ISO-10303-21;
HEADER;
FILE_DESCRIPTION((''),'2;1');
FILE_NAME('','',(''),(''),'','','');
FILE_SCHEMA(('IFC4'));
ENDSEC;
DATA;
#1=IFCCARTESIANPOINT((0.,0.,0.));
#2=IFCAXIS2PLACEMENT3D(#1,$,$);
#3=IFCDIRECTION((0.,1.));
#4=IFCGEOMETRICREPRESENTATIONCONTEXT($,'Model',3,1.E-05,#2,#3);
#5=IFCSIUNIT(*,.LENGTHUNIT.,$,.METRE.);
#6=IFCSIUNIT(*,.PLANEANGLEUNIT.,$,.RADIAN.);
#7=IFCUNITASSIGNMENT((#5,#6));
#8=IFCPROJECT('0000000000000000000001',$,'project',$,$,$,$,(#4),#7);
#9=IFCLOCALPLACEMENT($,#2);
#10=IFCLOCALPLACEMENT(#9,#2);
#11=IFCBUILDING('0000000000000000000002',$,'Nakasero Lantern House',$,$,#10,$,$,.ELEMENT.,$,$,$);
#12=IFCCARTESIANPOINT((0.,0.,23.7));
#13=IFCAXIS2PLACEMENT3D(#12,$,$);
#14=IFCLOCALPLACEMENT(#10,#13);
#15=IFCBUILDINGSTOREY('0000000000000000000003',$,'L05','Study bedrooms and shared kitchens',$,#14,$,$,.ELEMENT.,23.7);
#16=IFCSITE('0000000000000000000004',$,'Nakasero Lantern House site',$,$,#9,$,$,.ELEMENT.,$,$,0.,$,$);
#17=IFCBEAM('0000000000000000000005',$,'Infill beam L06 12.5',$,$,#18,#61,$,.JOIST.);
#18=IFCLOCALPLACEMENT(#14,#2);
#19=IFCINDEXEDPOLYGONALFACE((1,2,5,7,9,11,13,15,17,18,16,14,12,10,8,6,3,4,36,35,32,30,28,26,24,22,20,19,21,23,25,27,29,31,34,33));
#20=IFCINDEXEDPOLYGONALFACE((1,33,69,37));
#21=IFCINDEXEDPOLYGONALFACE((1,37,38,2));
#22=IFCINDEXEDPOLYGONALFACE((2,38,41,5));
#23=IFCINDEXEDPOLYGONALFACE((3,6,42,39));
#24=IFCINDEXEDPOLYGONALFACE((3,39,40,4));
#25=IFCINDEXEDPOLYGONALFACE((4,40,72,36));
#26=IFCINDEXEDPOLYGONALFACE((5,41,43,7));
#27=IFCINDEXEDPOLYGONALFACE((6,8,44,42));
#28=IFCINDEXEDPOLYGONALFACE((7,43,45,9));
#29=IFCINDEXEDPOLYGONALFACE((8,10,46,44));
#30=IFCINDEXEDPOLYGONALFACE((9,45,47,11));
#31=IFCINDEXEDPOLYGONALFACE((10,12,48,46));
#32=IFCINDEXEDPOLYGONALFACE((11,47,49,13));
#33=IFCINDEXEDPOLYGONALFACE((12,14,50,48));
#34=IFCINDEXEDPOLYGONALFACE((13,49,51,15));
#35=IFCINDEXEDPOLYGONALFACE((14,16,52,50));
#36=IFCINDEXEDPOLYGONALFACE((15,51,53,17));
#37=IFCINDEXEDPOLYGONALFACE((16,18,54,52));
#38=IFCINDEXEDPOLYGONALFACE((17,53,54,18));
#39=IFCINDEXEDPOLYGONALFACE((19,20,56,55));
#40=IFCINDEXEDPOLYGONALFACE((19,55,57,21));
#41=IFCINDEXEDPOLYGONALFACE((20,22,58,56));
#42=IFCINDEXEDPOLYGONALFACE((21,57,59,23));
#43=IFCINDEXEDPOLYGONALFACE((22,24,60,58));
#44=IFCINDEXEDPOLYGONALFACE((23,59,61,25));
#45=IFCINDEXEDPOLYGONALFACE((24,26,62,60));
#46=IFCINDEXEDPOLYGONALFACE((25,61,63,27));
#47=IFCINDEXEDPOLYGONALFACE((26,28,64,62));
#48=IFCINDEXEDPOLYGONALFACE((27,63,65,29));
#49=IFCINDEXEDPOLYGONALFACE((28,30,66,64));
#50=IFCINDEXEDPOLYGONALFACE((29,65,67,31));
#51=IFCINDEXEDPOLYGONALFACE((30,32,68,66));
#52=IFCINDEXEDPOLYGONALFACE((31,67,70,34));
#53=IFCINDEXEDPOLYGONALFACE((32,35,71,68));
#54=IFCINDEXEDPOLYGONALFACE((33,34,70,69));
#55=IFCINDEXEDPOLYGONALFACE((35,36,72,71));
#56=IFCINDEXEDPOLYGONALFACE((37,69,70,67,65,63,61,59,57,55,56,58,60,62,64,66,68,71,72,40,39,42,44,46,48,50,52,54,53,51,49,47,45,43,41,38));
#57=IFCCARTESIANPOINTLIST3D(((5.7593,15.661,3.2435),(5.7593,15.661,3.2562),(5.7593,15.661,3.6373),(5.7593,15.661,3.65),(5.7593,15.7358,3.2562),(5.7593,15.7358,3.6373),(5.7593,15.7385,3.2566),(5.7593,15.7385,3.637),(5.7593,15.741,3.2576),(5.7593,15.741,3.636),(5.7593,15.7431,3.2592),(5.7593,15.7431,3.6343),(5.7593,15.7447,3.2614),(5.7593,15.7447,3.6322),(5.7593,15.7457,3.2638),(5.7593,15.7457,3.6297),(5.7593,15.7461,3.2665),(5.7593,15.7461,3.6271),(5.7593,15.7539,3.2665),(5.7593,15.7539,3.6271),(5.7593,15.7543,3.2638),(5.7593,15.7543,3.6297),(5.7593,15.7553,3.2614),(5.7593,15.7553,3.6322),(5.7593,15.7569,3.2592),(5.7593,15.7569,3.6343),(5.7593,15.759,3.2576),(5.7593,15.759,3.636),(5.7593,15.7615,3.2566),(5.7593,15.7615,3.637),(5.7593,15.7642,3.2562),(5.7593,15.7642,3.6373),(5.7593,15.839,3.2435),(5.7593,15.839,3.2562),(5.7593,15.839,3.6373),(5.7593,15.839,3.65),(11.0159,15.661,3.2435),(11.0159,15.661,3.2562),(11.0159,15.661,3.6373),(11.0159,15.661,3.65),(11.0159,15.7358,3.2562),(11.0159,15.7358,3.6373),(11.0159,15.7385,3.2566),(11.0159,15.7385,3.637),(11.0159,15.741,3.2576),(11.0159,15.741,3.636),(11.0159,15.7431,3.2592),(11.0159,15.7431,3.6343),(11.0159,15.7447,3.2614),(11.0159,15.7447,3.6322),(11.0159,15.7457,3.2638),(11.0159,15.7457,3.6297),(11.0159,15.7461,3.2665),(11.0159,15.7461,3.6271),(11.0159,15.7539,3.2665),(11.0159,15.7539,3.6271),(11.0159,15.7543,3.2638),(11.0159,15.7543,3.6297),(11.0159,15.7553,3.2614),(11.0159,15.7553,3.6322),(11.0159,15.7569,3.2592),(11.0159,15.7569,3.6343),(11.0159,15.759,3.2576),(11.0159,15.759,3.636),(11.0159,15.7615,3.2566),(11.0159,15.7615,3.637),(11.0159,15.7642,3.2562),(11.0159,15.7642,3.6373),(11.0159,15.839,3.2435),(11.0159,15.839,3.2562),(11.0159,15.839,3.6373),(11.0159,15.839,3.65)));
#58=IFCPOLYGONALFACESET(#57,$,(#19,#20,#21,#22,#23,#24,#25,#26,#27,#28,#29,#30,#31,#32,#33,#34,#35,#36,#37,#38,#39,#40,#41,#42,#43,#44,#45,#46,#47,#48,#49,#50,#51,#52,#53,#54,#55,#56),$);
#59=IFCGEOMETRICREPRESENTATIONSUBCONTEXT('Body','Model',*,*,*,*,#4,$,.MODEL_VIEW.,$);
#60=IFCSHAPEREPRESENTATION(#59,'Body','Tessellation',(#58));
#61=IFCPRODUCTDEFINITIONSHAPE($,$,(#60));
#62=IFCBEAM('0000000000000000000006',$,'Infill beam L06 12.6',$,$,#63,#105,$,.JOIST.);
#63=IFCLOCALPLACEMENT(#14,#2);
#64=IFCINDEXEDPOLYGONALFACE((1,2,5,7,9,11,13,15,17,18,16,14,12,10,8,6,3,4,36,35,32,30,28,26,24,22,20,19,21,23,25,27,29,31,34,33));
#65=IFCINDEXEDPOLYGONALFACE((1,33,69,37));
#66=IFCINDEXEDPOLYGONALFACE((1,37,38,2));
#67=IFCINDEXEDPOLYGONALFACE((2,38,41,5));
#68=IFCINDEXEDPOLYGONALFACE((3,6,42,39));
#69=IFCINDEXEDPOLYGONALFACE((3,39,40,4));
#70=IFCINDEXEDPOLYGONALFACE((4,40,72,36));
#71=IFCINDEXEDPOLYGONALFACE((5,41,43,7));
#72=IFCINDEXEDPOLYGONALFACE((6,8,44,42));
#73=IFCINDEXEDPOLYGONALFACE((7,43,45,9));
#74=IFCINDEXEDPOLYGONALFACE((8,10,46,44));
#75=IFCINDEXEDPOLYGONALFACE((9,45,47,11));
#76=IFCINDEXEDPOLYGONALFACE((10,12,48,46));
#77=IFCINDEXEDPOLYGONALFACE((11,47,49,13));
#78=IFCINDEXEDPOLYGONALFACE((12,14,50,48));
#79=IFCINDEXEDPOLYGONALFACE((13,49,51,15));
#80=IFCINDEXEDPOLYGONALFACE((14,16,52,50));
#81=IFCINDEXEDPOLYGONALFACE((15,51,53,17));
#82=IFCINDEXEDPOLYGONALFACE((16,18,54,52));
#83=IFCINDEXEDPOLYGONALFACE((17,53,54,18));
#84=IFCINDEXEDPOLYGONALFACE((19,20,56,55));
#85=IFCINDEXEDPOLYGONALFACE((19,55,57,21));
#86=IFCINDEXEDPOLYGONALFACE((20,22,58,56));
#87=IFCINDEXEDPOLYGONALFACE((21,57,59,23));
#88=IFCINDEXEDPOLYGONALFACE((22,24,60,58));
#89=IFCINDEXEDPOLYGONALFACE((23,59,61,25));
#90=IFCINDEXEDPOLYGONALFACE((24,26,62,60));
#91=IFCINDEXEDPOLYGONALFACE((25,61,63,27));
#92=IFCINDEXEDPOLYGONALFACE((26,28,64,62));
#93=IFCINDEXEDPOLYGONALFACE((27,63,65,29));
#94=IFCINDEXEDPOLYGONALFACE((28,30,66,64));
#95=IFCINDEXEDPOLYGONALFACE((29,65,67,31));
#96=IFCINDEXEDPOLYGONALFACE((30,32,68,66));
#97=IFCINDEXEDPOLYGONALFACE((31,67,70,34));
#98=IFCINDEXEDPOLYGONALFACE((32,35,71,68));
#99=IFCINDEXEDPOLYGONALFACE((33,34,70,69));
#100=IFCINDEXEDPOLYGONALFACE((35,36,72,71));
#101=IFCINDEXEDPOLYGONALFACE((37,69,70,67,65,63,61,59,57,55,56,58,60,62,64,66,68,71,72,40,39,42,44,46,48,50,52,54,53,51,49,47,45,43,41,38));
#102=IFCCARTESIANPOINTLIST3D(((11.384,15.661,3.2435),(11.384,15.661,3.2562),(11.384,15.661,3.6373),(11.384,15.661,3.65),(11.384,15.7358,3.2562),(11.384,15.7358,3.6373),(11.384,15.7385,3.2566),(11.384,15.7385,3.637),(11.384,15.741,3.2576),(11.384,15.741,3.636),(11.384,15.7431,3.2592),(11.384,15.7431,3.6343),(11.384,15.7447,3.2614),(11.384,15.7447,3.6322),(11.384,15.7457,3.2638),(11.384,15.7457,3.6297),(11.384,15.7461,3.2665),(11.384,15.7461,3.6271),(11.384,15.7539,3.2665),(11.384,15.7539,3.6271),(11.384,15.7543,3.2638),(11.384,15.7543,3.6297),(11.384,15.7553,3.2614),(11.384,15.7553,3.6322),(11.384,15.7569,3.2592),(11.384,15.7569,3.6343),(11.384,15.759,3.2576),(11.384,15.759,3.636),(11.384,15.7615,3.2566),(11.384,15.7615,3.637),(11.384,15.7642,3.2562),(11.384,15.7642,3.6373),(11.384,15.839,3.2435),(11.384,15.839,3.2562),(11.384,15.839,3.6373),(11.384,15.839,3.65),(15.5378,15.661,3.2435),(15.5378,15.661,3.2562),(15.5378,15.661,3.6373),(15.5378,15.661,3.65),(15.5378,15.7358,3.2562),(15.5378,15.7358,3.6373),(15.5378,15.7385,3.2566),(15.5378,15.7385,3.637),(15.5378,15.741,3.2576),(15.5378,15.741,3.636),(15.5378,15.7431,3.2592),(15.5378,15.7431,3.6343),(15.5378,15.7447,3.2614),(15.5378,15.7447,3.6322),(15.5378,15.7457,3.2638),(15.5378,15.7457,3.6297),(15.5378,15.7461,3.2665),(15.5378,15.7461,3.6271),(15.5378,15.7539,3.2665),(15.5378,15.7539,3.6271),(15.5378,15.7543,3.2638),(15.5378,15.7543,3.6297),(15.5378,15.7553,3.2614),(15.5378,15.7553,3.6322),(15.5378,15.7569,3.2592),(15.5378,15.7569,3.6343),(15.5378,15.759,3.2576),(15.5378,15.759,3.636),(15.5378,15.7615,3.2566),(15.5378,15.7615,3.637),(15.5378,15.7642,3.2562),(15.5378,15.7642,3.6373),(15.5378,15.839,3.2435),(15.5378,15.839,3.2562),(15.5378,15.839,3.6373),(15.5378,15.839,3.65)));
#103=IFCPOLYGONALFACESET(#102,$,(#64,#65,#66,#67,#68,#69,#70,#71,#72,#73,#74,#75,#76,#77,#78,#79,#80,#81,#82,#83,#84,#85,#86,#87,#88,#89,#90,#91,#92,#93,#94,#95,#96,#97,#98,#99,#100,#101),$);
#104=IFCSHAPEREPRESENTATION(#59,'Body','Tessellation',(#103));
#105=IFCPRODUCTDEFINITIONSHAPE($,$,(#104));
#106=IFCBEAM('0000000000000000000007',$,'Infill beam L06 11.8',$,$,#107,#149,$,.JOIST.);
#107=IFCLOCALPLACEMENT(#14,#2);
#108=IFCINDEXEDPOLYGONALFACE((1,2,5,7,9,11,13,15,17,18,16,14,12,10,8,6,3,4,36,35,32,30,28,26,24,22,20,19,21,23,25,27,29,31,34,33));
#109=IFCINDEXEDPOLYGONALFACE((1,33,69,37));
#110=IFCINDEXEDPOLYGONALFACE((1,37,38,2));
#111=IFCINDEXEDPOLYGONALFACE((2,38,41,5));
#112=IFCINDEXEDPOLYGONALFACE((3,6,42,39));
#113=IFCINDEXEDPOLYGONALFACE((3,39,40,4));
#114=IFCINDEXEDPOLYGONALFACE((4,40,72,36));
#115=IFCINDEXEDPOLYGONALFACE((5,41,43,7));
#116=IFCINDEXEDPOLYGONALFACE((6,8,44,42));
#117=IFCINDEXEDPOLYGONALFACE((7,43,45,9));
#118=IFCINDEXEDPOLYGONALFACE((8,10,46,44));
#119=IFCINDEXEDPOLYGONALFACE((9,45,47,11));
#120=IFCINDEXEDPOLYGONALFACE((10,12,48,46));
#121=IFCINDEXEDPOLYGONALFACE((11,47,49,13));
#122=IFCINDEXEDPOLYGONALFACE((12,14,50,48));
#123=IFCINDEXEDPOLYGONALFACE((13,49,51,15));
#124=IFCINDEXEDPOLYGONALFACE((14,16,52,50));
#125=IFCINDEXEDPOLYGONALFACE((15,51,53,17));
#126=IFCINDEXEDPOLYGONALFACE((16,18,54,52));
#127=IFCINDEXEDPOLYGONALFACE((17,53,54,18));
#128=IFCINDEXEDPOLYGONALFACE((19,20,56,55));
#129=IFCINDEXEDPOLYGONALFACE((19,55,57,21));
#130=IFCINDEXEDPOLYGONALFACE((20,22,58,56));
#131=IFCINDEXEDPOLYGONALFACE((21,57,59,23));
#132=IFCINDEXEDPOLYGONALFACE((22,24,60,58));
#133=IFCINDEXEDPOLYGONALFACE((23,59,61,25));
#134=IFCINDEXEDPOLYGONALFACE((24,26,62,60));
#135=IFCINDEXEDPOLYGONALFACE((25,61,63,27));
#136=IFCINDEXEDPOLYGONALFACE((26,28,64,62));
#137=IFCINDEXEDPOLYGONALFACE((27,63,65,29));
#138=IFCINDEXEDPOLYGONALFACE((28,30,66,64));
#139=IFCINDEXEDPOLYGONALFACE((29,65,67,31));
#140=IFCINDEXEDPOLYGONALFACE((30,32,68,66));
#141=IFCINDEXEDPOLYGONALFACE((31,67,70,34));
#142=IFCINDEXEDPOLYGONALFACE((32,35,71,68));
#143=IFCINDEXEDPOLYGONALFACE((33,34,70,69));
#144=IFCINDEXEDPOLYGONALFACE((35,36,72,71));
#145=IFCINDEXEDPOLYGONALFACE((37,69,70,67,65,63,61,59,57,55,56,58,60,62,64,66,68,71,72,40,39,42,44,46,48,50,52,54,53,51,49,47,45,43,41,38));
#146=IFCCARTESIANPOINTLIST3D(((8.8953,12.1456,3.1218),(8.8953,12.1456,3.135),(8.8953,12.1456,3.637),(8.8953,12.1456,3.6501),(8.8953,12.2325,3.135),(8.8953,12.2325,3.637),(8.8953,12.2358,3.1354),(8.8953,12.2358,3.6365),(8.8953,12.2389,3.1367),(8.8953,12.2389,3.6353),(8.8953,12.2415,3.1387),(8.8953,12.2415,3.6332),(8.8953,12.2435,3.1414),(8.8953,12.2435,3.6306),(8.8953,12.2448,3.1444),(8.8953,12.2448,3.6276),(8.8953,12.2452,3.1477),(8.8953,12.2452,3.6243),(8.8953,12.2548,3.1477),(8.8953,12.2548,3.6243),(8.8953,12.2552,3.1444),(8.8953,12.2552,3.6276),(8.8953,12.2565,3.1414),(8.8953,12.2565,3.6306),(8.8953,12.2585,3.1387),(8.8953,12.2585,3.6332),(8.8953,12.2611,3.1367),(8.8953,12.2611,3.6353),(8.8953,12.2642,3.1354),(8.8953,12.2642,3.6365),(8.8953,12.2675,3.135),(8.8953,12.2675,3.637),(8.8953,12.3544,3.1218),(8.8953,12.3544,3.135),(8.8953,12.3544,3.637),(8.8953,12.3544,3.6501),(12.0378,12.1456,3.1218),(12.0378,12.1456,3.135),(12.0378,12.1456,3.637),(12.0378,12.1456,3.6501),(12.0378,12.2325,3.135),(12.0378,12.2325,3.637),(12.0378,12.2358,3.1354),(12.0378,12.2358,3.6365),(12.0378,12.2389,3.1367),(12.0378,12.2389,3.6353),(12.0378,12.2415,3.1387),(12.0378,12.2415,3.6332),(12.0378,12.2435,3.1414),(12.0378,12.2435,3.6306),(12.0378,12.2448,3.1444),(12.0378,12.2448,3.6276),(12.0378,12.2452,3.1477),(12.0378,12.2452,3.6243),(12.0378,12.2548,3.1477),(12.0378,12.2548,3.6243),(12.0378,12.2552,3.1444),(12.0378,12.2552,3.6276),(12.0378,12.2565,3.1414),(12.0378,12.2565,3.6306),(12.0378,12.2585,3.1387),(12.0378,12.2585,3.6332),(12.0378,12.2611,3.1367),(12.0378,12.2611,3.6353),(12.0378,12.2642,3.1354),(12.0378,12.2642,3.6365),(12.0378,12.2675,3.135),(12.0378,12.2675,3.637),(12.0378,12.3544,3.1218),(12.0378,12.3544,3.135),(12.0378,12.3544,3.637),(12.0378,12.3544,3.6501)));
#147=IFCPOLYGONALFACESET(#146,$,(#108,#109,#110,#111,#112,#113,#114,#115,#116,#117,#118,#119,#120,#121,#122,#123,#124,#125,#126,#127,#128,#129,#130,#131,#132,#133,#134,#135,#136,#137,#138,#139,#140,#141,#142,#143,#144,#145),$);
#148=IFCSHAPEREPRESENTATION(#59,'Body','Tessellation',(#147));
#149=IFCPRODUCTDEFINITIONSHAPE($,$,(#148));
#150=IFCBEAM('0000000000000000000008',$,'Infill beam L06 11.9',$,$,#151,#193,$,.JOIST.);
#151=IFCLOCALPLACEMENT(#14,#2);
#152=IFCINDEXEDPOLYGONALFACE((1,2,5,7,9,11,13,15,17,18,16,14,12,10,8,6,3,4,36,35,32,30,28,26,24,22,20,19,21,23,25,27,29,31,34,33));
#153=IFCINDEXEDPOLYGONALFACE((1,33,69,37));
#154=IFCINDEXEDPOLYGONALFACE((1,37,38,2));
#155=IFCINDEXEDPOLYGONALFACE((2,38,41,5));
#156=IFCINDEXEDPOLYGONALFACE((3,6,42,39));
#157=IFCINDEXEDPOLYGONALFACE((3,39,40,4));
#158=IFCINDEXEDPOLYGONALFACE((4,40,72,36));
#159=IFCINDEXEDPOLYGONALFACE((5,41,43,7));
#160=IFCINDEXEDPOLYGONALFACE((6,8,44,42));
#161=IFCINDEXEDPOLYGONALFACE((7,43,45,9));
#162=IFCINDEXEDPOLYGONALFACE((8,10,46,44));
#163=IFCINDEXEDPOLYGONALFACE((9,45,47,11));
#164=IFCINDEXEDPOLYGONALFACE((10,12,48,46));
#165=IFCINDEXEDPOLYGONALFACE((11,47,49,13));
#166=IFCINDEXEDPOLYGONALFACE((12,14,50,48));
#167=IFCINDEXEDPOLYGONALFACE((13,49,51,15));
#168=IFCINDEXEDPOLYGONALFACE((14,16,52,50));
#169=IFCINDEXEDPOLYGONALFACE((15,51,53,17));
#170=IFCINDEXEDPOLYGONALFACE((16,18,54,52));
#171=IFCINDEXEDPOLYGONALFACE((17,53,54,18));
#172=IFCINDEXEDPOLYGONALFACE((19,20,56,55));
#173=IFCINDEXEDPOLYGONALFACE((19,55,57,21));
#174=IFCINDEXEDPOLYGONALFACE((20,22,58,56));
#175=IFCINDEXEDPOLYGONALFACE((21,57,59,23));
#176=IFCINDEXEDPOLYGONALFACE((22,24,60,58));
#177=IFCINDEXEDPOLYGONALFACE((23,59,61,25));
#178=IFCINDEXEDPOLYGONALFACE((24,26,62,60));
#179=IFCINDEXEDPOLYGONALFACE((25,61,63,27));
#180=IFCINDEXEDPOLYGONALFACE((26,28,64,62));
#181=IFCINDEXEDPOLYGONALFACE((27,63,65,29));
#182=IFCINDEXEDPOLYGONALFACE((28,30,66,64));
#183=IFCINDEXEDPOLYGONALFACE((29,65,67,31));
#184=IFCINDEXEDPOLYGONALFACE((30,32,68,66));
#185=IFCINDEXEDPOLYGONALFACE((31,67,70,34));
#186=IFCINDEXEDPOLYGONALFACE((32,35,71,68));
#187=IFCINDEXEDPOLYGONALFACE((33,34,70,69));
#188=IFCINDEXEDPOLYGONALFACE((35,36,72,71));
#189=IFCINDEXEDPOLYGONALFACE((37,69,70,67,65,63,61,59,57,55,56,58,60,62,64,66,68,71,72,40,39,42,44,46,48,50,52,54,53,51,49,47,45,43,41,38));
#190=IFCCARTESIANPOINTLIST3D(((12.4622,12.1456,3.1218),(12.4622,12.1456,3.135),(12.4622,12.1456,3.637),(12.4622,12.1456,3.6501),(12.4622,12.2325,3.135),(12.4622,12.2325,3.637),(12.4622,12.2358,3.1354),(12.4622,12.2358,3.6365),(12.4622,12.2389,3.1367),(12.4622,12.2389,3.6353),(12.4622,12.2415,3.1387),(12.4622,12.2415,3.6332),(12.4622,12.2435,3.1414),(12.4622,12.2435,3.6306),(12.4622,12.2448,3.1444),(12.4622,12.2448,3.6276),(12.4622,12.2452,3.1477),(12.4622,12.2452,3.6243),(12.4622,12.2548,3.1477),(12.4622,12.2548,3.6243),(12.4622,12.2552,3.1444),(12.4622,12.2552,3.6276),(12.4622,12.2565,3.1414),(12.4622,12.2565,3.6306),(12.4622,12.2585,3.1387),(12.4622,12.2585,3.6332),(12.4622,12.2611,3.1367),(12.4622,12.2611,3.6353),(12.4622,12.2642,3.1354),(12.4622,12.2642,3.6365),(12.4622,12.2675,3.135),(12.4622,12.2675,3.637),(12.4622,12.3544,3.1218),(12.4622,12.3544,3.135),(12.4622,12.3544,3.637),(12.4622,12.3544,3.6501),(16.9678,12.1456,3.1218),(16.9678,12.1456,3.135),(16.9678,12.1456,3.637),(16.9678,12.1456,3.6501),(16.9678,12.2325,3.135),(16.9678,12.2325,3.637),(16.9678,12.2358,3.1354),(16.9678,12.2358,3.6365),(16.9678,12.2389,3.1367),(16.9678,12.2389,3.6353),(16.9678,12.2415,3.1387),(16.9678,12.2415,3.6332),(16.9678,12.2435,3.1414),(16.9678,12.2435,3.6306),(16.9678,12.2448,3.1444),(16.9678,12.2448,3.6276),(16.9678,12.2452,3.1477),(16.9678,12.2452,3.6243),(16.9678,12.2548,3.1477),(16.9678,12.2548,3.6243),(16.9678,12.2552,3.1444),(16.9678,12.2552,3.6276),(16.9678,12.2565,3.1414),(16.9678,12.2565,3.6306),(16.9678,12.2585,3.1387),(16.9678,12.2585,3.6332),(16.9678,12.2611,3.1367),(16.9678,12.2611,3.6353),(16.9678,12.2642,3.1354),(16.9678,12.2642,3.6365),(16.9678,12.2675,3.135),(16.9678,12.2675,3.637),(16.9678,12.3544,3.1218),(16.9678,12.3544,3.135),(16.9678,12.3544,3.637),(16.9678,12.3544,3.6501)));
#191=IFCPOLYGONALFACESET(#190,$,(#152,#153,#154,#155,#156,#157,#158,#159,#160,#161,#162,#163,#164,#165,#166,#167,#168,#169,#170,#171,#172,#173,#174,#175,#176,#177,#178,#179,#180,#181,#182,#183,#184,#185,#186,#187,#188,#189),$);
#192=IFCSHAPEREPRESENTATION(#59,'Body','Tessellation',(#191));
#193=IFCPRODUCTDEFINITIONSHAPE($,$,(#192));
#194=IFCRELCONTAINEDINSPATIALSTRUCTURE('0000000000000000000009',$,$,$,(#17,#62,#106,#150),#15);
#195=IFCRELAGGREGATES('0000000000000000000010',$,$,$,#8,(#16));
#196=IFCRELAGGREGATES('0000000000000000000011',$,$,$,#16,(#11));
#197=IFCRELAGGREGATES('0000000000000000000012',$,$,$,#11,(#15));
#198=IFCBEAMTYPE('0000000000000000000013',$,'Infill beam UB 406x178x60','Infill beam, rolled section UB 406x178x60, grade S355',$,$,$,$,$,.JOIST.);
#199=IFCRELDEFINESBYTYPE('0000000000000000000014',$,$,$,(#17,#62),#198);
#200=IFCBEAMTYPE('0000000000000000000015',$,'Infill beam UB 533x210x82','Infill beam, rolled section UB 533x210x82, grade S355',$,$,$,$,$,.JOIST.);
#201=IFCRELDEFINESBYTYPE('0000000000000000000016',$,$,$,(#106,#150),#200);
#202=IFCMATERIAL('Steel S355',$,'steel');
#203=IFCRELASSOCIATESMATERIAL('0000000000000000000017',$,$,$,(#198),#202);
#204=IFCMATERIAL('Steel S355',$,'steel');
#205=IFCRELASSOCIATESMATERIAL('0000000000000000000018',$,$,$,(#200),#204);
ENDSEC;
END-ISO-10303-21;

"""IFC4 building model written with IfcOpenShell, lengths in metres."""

from ifc_helpers import new_model, si_unit, direction, frame, origin, origin_2d, place, context, subcontext, project, spatial, i_section, extrude, material, material_profile, profile_set, type_object, element, save


model = new_model("IFC4")

# Units and contexts
model_context = context("Model", 3, precision=1e-05, world=origin(), true_north=direction((0.0, 1.0)))
body_context = subcontext(model_context, "Body", "Model", "MODEL_VIEW")
ifc_project = project(units=[si_unit("LENGTHUNIT", "METRE"), si_unit("PLANEANGLEUNIT", "RADIAN")], contexts=[model_context])

# Site, building, storey
site_placement = place(None, origin())
site = spatial("IfcSite", under=ifc_project, at=site_placement, Name="Nakasero Lantern House site", CompositionType="ELEMENT", RefElevation=0.0)
building_placement = place(site_placement, origin())
building = spatial("IfcBuilding", under=site, at=building_placement, Name="Nakasero Lantern House", CompositionType="ELEMENT")
storey_placement = place(building_placement, frame((0.0, 0.0, 23.7)))
storey = spatial("IfcBuildingStorey", under=building, at=storey_placement, Name="L05", Description="Study bedrooms and shared kitchens", CompositionType="ELEMENT", Elevation=23.7)

# Beams
ifc_material_1 = material(Name="Steel S355", Category="steel")
ifc_material_profile_1 = material_profile(ifc_material_1, i_section(OverallWidth=0.178, OverallDepth=0.4065, WebThickness=0.0078, FlangeThickness=0.0127, FilletRadius=0.0103, at=origin_2d()), Name="UB 406x178x60")
ifc_profile_set_1 = profile_set([ifc_material_profile_1], Name="Steel S355")
beam_type_1 = type_object("IfcBeamType", Name="Infill beam UB 406x178x60", Description="Infill beam, rolled section UB 406x178x60, grade S355", PredefinedType="JOIST", material=ifc_profile_set_1)
beam_1_placement = place(storey_placement, frame((5.7593, 15.75, 3.4468), z_axis=(1.0, 0.0, 0.0), x_axis=(0.0, 1.0, 0.0)))
element("IfcBeam", 1, at=beam_1_placement, inside=storey, type_object=beam_type_1, Name="Infill beam L06 12.5", PredefinedType="JOIST", context=body_context, shape_type="SweptSolid", body=[
    extrude(i_section(OverallWidth=0.178, OverallDepth=0.4065, WebThickness=0.0078, FlangeThickness=0.0127, FilletRadius=0.0103, at=origin_2d()), origin(), (0.0, 0.0, 1.0), 5.2566),
])
beam_2_placement = place(storey_placement, frame((11.384, 15.75, 3.4468), z_axis=(1.0, 0.0, 0.0), x_axis=(0.0, 1.0, 0.0)))
element("IfcBeam", 2, at=beam_2_placement, inside=storey, type_object=beam_type_1, Name="Infill beam L06 12.6", PredefinedType="JOIST", context=body_context, shape_type="SweptSolid", body=[
    extrude(i_section(OverallWidth=0.178, OverallDepth=0.4065, WebThickness=0.0078, FlangeThickness=0.0127, FilletRadius=0.0103, at=origin_2d()), origin(), (0.0, 0.0, 1.0), 4.1538),
])
ifc_material_2 = material(Name="Steel S355", Category="steel")
ifc_material_profile_2 = material_profile(ifc_material_2, i_section(OverallWidth=0.2087, OverallDepth=0.5283, WebThickness=0.0095, FlangeThickness=0.0132, FilletRadius=0.0127, at=origin_2d()), Name="UB 533x210x82")
ifc_profile_set_2 = profile_set([ifc_material_profile_2], Name="Steel S355")
beam_type_2 = type_object("IfcBeamType", Name="Infill beam UB 533x210x82", Description="Infill beam, rolled section UB 533x210x82, grade S355", PredefinedType="JOIST", material=ifc_profile_set_2)
beam_3_placement = place(storey_placement, frame((8.8953, 12.25, 3.386), z_axis=(1.0, 0.0, 0.0), x_axis=(0.0, 1.0, 0.0)))
element("IfcBeam", 3, at=beam_3_placement, inside=storey, type_object=beam_type_2, Name="Infill beam L06 11.8", PredefinedType="JOIST", context=body_context, shape_type="SweptSolid", body=[
    extrude(i_section(OverallWidth=0.2087, OverallDepth=0.5283, WebThickness=0.0095, FlangeThickness=0.0132, FilletRadius=0.0127, at=origin_2d()), origin(), (0.0, 0.0, 1.0), 3.1426),
])
beam_4_placement = place(storey_placement, frame((12.4622, 12.25, 3.386), z_axis=(1.0, 0.0, 0.0), x_axis=(0.0, 1.0, 0.0)))
element("IfcBeam", 4, at=beam_4_placement, inside=storey, type_object=beam_type_2, Name="Infill beam L06 11.9", PredefinedType="JOIST", context=body_context, shape_type="SweptSolid", body=[
    extrude(i_section(OverallWidth=0.2087, OverallDepth=0.5283, WebThickness=0.0095, FlangeThickness=0.0132, FilletRadius=0.0127, at=origin_2d()), origin(), (0.0, 0.0, 1.0), 4.5056),
])

save(model, "model.ifc")
